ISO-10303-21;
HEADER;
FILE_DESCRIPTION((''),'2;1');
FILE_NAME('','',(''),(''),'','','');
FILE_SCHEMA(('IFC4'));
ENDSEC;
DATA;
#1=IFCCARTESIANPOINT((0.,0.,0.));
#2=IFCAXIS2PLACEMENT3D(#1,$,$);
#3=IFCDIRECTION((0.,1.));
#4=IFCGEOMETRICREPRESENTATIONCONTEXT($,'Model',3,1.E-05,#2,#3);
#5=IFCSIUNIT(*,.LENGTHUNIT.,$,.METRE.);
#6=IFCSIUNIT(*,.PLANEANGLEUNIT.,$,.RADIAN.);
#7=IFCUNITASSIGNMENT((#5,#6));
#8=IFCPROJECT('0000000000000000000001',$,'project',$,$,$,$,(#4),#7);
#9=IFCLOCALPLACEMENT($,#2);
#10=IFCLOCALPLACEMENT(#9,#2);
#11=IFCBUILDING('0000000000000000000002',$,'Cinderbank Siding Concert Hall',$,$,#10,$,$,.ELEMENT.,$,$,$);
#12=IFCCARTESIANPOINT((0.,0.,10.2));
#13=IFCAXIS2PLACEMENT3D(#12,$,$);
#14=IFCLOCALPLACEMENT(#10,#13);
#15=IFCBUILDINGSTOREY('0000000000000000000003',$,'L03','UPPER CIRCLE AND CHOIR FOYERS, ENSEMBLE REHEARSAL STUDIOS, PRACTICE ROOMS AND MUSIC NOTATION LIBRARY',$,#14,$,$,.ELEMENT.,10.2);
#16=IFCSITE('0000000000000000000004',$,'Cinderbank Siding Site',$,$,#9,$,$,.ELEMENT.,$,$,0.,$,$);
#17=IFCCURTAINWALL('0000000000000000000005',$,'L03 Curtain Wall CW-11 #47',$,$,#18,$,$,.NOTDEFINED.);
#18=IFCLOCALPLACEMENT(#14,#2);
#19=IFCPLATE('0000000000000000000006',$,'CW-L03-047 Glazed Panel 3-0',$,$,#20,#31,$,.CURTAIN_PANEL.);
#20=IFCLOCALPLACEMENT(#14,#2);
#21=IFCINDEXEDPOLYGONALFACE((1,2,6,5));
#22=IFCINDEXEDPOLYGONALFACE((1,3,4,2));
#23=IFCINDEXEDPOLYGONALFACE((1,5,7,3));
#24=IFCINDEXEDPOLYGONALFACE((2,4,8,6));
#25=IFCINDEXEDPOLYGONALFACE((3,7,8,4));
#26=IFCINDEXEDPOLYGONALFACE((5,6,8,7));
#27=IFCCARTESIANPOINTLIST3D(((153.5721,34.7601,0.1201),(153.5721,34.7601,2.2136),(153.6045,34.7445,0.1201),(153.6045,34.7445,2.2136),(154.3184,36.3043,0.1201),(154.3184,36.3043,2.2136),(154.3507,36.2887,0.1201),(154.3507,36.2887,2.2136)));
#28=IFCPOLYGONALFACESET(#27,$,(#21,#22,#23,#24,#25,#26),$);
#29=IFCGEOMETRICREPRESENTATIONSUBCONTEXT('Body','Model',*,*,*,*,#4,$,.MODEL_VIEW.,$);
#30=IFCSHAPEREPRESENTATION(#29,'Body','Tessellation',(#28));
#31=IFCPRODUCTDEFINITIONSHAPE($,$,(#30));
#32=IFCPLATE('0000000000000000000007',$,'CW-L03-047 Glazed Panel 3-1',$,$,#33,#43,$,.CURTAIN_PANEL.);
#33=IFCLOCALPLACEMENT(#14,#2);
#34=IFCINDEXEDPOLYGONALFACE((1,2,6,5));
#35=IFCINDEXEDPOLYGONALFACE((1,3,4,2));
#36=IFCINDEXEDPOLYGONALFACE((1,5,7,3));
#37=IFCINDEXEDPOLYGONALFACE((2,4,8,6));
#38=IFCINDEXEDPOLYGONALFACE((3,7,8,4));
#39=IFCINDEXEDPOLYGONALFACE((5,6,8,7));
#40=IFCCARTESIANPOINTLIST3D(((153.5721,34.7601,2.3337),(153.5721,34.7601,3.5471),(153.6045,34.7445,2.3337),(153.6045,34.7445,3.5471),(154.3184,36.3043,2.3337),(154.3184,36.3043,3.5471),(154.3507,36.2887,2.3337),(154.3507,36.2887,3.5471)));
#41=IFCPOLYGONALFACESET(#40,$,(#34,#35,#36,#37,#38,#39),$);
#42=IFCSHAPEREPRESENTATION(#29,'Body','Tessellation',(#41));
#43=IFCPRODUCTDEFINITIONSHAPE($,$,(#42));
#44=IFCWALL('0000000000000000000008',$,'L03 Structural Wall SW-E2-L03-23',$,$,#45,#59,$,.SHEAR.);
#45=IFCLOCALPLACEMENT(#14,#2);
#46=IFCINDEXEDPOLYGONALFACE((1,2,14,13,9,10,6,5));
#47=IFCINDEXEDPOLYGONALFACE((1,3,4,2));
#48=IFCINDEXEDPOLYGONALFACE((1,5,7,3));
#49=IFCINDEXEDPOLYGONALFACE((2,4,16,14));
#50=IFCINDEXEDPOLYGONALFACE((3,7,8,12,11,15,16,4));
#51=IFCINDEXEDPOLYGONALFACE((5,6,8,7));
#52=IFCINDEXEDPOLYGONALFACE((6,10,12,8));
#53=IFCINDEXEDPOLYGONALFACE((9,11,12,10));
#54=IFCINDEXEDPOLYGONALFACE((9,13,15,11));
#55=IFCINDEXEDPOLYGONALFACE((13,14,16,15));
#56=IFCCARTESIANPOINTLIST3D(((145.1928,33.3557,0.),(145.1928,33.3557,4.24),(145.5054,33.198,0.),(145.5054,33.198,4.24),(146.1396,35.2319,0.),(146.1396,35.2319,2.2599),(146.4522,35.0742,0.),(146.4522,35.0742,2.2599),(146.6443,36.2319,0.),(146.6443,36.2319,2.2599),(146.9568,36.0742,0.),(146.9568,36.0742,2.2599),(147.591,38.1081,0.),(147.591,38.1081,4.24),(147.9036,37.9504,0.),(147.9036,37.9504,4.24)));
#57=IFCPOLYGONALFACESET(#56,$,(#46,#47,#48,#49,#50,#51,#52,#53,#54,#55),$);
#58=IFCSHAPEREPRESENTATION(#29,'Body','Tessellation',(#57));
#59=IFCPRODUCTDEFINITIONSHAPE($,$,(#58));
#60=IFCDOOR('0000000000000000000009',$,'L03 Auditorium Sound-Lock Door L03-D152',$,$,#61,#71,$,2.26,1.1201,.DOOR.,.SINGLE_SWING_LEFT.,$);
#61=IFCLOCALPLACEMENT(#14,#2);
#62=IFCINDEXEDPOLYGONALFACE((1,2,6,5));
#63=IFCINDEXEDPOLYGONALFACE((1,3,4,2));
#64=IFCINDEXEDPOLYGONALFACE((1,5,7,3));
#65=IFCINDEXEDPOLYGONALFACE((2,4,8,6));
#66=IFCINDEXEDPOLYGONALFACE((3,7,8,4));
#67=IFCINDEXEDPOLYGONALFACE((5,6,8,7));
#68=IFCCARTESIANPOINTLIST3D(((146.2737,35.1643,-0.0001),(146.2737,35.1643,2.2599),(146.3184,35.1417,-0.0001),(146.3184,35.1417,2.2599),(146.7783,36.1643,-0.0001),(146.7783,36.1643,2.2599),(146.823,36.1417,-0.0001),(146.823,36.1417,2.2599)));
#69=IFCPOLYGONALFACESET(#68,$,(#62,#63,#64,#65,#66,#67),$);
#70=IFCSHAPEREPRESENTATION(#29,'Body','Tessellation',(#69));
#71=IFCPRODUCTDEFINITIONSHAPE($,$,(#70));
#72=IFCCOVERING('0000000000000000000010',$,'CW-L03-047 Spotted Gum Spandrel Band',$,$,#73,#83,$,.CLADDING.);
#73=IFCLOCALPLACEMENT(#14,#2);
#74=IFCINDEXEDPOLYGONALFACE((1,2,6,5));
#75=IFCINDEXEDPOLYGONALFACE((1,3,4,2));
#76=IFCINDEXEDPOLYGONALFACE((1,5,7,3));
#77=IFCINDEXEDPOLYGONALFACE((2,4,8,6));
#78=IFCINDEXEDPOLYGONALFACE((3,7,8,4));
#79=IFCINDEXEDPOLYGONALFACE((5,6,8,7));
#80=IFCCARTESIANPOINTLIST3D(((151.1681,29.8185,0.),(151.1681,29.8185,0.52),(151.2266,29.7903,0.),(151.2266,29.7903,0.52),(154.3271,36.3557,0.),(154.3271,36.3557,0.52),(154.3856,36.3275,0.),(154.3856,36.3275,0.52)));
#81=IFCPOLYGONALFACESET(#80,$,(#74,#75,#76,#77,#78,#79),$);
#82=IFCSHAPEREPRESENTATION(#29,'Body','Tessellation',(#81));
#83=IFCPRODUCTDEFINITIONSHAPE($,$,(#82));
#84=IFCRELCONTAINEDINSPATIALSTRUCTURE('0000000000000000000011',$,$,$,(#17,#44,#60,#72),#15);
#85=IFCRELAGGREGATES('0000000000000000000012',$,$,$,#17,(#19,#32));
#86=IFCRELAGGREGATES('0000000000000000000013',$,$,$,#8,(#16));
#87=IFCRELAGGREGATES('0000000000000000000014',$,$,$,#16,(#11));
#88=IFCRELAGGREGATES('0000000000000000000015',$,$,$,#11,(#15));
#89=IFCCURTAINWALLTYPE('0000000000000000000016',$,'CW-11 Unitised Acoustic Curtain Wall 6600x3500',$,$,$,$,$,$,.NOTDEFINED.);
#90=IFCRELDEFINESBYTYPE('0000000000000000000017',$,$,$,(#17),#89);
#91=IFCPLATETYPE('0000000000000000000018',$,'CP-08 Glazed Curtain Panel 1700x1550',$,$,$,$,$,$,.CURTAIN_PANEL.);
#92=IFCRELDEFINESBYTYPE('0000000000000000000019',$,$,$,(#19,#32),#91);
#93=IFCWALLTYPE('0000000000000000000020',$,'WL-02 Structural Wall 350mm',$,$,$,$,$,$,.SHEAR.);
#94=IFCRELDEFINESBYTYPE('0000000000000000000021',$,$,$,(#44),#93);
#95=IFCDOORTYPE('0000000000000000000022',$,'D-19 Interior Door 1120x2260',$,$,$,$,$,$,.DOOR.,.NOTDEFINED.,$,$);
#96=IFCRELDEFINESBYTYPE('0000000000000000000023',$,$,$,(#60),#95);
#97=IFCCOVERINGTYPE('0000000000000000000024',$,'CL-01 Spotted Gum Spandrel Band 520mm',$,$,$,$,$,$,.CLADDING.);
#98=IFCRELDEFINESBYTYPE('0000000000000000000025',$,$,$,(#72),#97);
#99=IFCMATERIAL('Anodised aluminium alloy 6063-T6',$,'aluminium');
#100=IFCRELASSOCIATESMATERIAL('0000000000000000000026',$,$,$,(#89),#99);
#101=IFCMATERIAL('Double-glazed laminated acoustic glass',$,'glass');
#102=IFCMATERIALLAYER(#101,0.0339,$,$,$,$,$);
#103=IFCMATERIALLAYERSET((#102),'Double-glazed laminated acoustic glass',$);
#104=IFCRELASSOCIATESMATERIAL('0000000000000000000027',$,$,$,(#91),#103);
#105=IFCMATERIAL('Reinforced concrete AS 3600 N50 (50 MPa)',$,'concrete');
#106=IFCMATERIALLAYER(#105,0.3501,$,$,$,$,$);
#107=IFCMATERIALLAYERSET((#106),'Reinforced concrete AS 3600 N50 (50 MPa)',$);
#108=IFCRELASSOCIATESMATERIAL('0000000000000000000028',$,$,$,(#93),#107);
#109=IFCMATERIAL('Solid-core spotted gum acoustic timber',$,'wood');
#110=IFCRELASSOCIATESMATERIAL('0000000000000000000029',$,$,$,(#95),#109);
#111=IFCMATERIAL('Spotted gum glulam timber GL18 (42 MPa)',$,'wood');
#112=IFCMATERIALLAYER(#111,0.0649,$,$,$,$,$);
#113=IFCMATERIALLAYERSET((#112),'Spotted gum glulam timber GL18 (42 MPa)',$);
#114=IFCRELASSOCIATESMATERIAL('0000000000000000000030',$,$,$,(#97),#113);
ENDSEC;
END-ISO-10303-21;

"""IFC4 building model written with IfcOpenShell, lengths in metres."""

from ifc_helpers import new_model, si_unit, direction, frame, frame_2d, origin, origin_2d, place, context, subcontext, project, spatial, rectangle, extrude, material, layer, layer_set, type_object, element, fill, aggregate, save


model = new_model("IFC4")

# Units and contexts
model_context = context("Model", 3, precision=1e-05, world=origin(), true_north=direction((0.0, 1.0)))
body_context = subcontext(model_context, "Body", "Model", "MODEL_VIEW")
ifc_project = project(units=[si_unit("LENGTHUNIT", "METRE"), si_unit("PLANEANGLEUNIT", "RADIAN")], contexts=[model_context])

# Site, building, storey
site_placement = place(None, origin())
site = spatial("IfcSite", under=ifc_project, at=site_placement, Name="Cinderbank Siding Site", CompositionType="ELEMENT", RefElevation=0.0)
building_placement = place(site_placement, origin())
building = spatial("IfcBuilding", under=site, at=building_placement, Name="Cinderbank Siding Concert Hall", CompositionType="ELEMENT")
storey_placement = place(building_placement, frame((0.0, 0.0, 10.2)))
storey = spatial("IfcBuildingStorey", under=building, at=storey_placement, Name="L03", Description="UPPER CIRCLE AND CHOIR FOYERS, ENSEMBLE REHEARSAL STUDIOS, PRACTICE ROOMS AND MUSIC NOTATION LIBRARY", CompositionType="ELEMENT", Elevation=10.2)

# Shared definitions
ifc_material_1 = material(Name="Reinforced concrete AS 3600 N50 (50 MPa)", Category="concrete")

# Shared definitions
ifc_material_2 = material(Name="Anodised aluminium alloy 6063-T6", Category="aluminium")

# Curtain wall
curtain_wall_type_1 = type_object("IfcCurtainWallType", Name="CW-11 Unitised Acoustic Curtain Wall 6600x3500", PredefinedType="NOTDEFINED", material=ifc_material_2)
curtain_wall_1_placement = place(storey_placement, origin())
curtain_wall_1 = element("IfcCurtainWall", 1, at=curtain_wall_1_placement, inside=storey, type_object=curtain_wall_type_1, Name="L03 Curtain Wall CW-11 #47", PredefinedType="NOTDEFINED")

# Shared definitions
ifc_material_3 = material(Name="Spotted gum glulam timber GL18 (42 MPa)", Category="wood")

# Plates
ifc_material_4 = material(Name="Double-glazed laminated acoustic glass", Category="glass")
ifc_layer_1 = layer(ifc_material_4, 0.0339)
ifc_layer_set_1 = layer_set([ifc_layer_1], Name="Double-glazed laminated acoustic glass")
plate_type = type_object("IfcPlateType", Name="CP-08 Glazed Curtain Panel 1700x1550", PredefinedType="CURTAIN_PANEL", material=ifc_layer_set_1)
plate_1_placement = place(storey_placement, frame((153.9614, 35.5244, 0.1201), z_axis=(0.0, 0.0, 1.0), x_axis=(0.435102, 0.900381, 0.0)))
plate_1 = element("IfcPlate", 2, at=plate_1_placement, type_object=plate_type, Name="CW-L03-047 Glazed Panel 3-0", PredefinedType="CURTAIN_PANEL", context=body_context, shape_type="SweptSolid", body=[
    extrude(rectangle(XDim=1.7151, YDim=0.0359, at=origin_2d()), origin(), (0.0, 0.0, 1.0), 2.0935),
])
plate_2_placement = place(storey_placement, frame((153.9614, 35.5244, 2.3337), z_axis=(0.0, 0.0, 1.0), x_axis=(0.435102, 0.900381, 0.0)))
plate_2 = element("IfcPlate", 3, at=plate_2_placement, type_object=plate_type, Name="CW-L03-047 Glazed Panel 3-1", PredefinedType="CURTAIN_PANEL", context=body_context, shape_type="SweptSolid", body=[
    extrude(rectangle(XDim=1.7151, YDim=0.0359, at=origin_2d()), origin(), (0.0, 0.0, 1.0), 1.2134),
])
aggregate(curtain_wall_1, [plate_1, plate_2])

# Wall, opening, door
ifc_layer_2 = layer(ifc_material_1, 0.3501)
ifc_layer_set_2 = layer_set([ifc_layer_2], Name="Reinforced concrete AS 3600 N50 (50 MPa)")
wall_type = type_object("IfcWallType", Name="WL-02 Structural Wall 350mm", PredefinedType="SHEAR", material=ifc_layer_set_2)
wall_placement = place(storey_placement, frame((145.3491, 33.2769, 0.0), z_axis=(0.0, 0.0, 1.0), x_axis=(0.450513, 0.89277, 0.0)))
wall = element("IfcWall", 4, at=wall_placement, inside=storey, type_object=wall_type, Name="L03 Structural Wall SW-E2-L03-23", PredefinedType="SHEAR", context=body_context, shape_type="SweptSolid", body=[
    extrude(rectangle(XDim=5.3232, YDim=0.3501, at=frame_2d((2.6616, 0.0))), origin(), (0.0, 0.0, 1.0), 4.24),
])
opening_placement = place(wall_placement, frame((2.1016, 0.0, 0.0)))
opening = element("IfcOpeningElement", 5, at=opening_placement, cuts=wall, PredefinedType="OPENING", context=body_context, shape_type="SweptSolid", body=[
    extrude(rectangle(XDim=1.1201, YDim=2.26, at=frame_2d((0.5601, 1.1299))), frame((0.0, 0.187, 0.0), z_axis=(0.0, -1.0, 0.0), x_axis=(1.0, 0.0, 0.0)), (0.0, 0.0, 1.0), 0.374),
])
ifc_material_5 = material(Name="Solid-core spotted gum acoustic timber", Category="wood")
door_type = type_object("IfcDoorType", Name="D-19 Interior Door 1120x2260", OperationType="NOTDEFINED", PredefinedType="DOOR", material=ifc_material_5)
door_placement = place(opening_placement, origin())
door = element("IfcDoor", 6, at=door_placement, inside=storey, type_object=door_type, Name="L03 Auditorium Sound-Lock Door L03-D152", OperationType="SINGLE_SWING_LEFT", OverallHeight=2.26, OverallWidth=1.1201, PredefinedType="DOOR", context=body_context, shape_type="SweptSolid", body=[
    extrude(rectangle(XDim=1.1201, YDim=2.26, at=frame_2d((0.5601, 1.1299))), frame((0.0, 0.0249, 0.0), z_axis=(0.0, -1.0, 0.0), x_axis=(1.0, 0.0, 0.0)), (0.0, 0.0, 1.0), 0.05),
])
fill(opening, door)

# Covering
ifc_layer_3 = layer(ifc_material_3, 0.0649)
ifc_layer_set_3 = layer_set([ifc_layer_3], Name="Spotted gum glulam timber GL18 (42 MPa)")
covering_type = type_object("IfcCoveringType", Name="CL-01 Spotted Gum Spandrel Band 520mm", PredefinedType="CLADDING", material=ifc_layer_set_3)
covering_placement = place(storey_placement, frame((152.7769, 33.073, 0.0), z_axis=(0.0, 0.0, 1.0), x_axis=(0.435102, 0.900381, 0.0)))
element("IfcCovering", 7, at=covering_placement, inside=storey, type_object=covering_type, Name="CW-L03-047 Spotted Gum Spandrel Band", PredefinedType="CLADDING", context=body_context, shape_type="SweptSolid", body=[
    extrude(rectangle(XDim=7.2605, YDim=0.0649, at=origin_2d()), origin(), (0.0, 0.0, 1.0), 0.52),
])

save(model, "model.ifc")
